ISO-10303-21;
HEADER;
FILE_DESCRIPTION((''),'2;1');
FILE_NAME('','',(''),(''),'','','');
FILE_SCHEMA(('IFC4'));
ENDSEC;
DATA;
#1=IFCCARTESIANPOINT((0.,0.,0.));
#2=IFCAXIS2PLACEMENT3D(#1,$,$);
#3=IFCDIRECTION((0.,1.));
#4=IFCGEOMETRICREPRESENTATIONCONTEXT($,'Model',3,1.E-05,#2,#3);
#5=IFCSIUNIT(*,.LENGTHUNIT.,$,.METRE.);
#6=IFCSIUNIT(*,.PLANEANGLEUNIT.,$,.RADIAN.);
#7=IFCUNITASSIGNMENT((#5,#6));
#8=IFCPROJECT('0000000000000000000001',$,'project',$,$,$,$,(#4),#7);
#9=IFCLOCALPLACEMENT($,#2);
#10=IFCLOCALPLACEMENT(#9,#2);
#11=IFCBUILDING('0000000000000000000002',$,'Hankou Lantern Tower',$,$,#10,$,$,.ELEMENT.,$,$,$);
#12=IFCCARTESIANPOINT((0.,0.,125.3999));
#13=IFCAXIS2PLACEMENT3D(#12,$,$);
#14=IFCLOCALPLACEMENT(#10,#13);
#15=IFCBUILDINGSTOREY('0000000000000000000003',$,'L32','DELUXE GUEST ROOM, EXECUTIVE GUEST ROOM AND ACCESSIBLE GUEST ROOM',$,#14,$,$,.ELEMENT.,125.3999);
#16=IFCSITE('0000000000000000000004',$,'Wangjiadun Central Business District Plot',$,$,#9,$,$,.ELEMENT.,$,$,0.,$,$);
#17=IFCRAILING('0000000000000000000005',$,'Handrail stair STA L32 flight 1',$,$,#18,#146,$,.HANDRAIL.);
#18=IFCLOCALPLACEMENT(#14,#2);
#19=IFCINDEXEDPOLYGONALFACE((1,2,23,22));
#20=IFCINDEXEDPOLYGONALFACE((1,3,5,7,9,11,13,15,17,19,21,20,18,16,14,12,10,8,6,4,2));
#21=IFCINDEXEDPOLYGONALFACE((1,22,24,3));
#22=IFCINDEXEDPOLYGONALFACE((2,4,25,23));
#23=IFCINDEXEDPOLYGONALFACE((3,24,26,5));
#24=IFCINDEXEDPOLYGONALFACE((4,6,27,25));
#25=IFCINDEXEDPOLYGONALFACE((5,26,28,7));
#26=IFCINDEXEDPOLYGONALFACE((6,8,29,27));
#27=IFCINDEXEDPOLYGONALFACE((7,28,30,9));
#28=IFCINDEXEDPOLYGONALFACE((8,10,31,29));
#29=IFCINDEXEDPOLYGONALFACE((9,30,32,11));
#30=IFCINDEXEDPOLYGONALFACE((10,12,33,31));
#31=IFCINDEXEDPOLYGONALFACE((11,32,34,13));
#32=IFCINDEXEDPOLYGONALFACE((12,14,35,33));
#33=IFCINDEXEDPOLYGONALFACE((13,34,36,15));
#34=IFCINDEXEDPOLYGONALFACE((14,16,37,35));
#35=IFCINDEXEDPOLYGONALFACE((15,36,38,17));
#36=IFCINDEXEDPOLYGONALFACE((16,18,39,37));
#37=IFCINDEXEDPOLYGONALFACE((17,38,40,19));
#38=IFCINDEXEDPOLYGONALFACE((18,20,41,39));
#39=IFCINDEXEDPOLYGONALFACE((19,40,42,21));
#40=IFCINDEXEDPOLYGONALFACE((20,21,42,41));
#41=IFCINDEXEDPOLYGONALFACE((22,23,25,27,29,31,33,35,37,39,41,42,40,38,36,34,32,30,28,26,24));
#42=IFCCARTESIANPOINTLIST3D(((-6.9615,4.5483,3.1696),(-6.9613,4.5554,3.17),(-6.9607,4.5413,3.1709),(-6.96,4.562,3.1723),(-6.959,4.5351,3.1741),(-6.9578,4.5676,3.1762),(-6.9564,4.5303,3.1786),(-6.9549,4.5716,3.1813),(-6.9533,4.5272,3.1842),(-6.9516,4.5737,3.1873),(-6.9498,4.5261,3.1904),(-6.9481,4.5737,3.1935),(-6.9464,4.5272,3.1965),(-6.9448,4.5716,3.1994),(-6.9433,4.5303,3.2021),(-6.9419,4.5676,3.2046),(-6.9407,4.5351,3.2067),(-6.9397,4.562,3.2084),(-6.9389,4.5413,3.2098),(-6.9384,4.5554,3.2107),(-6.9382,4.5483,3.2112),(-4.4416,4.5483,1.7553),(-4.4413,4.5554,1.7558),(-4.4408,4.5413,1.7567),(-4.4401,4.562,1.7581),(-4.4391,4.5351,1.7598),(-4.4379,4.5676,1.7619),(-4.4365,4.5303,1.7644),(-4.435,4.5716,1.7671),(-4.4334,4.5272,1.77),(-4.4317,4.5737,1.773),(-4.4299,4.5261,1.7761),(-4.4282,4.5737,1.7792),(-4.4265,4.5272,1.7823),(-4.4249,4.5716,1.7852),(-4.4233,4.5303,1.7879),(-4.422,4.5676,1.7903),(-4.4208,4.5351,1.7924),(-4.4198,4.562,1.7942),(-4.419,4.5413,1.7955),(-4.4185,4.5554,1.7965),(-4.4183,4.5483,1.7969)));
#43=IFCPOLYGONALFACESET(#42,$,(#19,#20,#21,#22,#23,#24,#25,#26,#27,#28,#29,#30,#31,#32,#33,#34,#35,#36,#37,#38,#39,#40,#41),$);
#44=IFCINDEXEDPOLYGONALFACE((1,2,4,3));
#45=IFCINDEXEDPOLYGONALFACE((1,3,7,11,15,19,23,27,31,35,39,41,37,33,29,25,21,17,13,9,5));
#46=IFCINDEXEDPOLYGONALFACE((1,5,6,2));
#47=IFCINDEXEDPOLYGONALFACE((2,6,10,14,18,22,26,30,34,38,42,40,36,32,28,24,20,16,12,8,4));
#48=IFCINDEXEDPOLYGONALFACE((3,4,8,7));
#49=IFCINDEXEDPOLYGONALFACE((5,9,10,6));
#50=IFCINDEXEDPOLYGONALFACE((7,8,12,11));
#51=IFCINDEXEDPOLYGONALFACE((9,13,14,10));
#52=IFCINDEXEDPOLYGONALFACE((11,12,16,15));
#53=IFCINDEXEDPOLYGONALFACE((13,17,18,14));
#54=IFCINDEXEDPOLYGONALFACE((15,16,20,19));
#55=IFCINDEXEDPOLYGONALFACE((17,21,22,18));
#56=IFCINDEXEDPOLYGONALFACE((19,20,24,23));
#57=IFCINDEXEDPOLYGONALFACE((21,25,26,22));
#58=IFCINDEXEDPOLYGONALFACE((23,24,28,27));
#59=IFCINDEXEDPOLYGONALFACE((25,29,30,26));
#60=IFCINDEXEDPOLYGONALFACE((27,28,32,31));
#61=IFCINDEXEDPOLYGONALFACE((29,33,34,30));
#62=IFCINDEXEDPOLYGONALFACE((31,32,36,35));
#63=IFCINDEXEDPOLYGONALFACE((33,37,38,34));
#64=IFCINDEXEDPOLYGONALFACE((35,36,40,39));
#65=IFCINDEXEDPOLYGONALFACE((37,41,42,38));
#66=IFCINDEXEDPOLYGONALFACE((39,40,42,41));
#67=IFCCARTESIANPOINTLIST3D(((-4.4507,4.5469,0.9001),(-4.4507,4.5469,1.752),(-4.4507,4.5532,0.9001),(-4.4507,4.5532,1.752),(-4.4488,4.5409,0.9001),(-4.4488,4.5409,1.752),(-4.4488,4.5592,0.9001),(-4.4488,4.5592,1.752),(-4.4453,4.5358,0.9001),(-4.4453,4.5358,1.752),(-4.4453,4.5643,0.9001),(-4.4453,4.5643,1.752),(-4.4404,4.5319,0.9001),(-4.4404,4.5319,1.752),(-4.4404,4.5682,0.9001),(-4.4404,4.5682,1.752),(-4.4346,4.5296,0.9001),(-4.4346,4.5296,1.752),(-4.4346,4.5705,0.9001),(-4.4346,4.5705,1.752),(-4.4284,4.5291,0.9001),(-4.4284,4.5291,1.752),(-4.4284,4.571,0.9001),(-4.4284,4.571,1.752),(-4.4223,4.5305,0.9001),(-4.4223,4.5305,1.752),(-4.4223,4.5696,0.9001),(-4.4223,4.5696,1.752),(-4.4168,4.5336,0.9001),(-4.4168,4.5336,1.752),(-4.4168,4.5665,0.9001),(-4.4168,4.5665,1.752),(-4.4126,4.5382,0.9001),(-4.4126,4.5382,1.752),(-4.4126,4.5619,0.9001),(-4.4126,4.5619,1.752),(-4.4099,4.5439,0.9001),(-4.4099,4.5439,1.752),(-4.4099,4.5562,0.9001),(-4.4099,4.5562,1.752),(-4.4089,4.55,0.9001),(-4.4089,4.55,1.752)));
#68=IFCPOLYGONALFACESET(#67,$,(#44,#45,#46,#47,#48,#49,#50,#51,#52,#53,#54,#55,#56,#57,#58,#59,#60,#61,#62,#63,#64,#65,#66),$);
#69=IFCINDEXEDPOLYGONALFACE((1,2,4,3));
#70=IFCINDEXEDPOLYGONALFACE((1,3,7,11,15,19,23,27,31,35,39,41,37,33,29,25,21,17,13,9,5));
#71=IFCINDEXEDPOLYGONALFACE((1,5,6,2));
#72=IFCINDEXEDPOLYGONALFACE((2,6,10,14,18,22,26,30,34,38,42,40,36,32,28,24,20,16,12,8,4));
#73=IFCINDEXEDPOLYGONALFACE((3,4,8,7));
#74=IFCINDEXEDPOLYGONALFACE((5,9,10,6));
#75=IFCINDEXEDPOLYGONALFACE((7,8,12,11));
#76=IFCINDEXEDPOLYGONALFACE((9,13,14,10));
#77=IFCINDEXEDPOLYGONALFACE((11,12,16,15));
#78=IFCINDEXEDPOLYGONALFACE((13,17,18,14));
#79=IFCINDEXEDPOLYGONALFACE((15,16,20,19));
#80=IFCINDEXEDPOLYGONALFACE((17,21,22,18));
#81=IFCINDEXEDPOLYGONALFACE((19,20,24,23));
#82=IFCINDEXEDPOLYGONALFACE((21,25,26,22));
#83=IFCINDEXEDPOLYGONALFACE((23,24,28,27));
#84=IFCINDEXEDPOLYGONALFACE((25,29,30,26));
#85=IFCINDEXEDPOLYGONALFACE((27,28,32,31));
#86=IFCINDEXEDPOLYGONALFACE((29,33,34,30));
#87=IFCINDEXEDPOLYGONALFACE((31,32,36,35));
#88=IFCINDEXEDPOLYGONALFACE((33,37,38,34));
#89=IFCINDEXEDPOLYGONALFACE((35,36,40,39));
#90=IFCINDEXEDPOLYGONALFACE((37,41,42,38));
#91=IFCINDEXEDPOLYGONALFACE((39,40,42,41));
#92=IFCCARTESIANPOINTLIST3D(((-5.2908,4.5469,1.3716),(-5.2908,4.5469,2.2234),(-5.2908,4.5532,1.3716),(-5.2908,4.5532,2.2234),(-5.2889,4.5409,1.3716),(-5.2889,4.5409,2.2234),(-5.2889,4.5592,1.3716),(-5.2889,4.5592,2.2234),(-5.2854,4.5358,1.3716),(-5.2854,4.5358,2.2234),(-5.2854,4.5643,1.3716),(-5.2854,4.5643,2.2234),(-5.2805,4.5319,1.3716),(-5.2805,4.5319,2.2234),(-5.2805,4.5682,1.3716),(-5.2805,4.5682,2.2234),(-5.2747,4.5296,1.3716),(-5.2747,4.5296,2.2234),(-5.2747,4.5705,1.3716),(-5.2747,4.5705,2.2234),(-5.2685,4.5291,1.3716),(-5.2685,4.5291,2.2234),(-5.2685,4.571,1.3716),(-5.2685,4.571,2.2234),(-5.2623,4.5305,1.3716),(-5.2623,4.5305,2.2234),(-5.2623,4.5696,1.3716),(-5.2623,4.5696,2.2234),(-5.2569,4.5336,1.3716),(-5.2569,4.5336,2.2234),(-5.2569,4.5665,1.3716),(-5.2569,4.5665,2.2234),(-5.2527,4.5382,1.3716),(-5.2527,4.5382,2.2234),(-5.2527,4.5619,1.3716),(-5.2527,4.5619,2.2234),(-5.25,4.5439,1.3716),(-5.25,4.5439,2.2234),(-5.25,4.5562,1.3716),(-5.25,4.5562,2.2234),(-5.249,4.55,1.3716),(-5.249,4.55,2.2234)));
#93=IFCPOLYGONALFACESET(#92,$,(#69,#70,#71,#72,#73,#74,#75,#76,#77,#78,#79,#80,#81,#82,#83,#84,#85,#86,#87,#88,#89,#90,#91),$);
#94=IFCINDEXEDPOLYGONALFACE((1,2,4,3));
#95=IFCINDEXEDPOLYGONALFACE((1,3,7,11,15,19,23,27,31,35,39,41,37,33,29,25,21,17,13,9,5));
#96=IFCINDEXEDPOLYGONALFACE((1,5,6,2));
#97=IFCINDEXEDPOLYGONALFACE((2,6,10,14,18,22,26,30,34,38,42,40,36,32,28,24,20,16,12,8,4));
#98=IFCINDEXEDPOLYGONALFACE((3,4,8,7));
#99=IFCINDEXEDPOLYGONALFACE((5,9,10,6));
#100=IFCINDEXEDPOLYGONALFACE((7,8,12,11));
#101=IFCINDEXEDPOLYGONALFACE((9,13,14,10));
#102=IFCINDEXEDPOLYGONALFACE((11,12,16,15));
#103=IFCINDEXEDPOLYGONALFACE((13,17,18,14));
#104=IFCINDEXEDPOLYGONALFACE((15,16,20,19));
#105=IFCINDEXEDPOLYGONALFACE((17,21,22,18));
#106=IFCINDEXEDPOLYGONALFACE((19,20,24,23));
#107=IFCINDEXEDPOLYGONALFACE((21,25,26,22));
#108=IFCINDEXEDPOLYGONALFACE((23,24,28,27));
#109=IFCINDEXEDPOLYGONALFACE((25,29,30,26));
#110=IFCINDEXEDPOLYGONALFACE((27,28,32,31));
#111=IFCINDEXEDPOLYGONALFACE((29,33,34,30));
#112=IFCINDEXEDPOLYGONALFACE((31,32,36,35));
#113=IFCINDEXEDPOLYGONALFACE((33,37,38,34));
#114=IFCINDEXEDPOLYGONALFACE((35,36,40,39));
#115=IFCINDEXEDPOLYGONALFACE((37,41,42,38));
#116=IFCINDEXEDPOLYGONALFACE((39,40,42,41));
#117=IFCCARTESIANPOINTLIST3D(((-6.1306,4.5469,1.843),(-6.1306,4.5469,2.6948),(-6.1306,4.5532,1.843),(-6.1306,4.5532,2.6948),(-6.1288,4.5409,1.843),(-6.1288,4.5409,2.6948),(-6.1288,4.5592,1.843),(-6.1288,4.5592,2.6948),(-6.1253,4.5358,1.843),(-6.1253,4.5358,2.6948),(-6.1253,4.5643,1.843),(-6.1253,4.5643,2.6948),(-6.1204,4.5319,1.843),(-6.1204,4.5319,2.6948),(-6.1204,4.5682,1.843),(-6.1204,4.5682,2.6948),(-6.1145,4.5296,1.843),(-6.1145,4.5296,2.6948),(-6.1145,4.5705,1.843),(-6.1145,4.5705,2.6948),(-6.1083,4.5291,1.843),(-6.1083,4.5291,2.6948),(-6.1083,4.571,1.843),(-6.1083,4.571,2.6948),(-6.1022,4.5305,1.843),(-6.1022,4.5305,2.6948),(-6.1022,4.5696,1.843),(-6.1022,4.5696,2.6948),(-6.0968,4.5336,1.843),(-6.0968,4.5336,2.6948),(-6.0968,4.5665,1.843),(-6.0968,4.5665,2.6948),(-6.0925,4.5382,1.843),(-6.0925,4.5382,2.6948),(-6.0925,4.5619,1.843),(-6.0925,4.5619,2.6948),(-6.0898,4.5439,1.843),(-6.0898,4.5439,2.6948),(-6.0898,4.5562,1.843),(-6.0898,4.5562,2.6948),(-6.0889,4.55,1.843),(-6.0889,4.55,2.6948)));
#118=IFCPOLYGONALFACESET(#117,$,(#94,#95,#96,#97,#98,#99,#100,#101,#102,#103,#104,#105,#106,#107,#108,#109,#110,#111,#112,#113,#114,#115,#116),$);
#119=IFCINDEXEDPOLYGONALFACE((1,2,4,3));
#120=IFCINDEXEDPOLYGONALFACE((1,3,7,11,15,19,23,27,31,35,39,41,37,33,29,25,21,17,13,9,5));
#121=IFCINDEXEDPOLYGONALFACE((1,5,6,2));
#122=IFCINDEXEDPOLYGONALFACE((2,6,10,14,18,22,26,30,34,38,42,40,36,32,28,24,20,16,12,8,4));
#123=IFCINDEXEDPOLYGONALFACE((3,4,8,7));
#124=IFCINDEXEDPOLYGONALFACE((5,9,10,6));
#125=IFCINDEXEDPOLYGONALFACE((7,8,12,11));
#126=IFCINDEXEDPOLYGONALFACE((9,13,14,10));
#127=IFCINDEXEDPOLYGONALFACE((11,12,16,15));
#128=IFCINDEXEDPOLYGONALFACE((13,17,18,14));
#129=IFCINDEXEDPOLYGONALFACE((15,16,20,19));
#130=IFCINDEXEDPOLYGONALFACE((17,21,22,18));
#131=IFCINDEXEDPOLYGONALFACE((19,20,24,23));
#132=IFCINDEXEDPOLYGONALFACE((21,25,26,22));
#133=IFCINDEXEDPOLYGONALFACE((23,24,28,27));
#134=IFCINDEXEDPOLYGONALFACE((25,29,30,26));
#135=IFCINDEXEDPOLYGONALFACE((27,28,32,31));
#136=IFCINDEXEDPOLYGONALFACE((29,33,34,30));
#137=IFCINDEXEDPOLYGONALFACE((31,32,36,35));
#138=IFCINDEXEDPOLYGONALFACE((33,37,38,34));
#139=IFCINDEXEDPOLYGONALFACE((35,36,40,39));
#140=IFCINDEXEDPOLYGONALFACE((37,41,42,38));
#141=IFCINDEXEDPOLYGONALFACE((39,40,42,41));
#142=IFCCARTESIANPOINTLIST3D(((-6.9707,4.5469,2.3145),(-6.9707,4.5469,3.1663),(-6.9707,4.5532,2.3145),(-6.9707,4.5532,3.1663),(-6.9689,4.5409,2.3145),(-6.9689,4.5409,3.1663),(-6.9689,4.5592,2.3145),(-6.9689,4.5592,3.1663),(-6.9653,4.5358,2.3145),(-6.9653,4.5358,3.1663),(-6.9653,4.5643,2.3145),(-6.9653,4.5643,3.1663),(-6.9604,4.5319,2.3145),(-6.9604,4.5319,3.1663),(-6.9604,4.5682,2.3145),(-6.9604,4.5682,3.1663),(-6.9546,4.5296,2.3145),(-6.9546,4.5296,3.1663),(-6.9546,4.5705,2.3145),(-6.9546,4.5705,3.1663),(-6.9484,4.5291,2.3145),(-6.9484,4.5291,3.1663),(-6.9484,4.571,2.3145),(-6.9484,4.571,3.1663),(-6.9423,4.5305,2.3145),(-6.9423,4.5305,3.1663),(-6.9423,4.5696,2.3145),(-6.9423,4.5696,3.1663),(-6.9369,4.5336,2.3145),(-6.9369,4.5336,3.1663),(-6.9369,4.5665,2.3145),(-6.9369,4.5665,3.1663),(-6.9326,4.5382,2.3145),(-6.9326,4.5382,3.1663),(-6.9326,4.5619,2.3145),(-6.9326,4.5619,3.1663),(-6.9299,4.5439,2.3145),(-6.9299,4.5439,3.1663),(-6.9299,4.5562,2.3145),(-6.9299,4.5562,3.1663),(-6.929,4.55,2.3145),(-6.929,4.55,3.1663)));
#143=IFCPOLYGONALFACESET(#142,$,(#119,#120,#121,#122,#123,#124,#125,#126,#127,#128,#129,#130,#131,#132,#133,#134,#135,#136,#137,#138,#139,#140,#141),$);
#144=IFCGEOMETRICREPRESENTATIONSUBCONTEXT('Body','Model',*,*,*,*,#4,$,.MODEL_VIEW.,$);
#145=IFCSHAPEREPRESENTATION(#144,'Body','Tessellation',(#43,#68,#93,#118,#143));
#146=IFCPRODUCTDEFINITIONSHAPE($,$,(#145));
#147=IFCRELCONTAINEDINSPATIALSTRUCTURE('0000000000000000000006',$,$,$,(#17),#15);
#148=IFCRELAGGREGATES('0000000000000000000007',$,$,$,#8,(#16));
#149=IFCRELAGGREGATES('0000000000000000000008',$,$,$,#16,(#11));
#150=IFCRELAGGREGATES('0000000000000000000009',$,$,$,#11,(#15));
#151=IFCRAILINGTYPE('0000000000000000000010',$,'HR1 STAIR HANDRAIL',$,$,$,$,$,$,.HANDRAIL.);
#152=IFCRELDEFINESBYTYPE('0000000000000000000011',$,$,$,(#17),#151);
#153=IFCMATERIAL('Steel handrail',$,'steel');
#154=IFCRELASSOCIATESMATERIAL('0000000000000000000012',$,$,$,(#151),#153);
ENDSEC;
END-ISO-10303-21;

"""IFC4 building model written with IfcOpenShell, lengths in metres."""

from ifc_helpers import new_model, si_unit, direction, frame, origin, origin_2d, place, context, subcontext, project, spatial, circle, extrude, material, type_object, element, save


model = new_model("IFC4")

# Units and contexts
model_context = context("Model", 3, precision=1e-05, world=origin(), true_north=direction((0.0, 1.0)))
body_context = subcontext(model_context, "Body", "Model", "MODEL_VIEW")
ifc_project = project(units=[si_unit("LENGTHUNIT", "METRE"), si_unit("PLANEANGLEUNIT", "RADIAN")], contexts=[model_context])

# Site, building, storey
site_placement = place(None, origin())
site = spatial("IfcSite", under=ifc_project, at=site_placement, Name="Wangjiadun Central Business District Plot", CompositionType="ELEMENT", RefElevation=0.0)
building_placement = place(site_placement, origin())
building = spatial("IfcBuilding", under=site, at=building_placement, Name="Hankou Lantern Tower", CompositionType="ELEMENT")
storey_placement = place(building_placement, frame((0.0, 0.0, 125.3999)))
storey = spatial("IfcBuildingStorey", under=building, at=storey_placement, Name="L32", Description="DELUXE GUEST ROOM, EXECUTIVE GUEST ROOM AND ACCESSIBLE GUEST ROOM", CompositionType="ELEMENT", Elevation=125.3999)

# Railing
ifc_material_1 = material(Name="Steel handrail", Category="steel")
railing_type = type_object("IfcRailingType", Name="HR1 STAIR HANDRAIL", PredefinedType="HANDRAIL", material=ifc_material_1)
railing_1_placement = place(storey_placement, frame((-4.4299, 4.55, 0.9001)))
element("IfcRailing", 1, at=railing_1_placement, inside=storey, type_object=railing_type, Name="Handrail stair STA L32 flight 1", PredefinedType="HANDRAIL", context=body_context, shape_type="SweptSolid", body=[
    extrude(circle(Radius=0.0239, at=origin_2d()), frame((0.0, 0.0, 0.876), z_axis=(-0.872049, 0.0, 0.489419), x_axis=(0.0, -1.0, 0.0)), (0.0, 0.0, 1.0), 2.8896),
    extrude(circle(Radius=0.021, at=origin_2d()), origin(), (0.0, 0.0, 1.0), 0.8518),
    extrude(circle(Radius=0.021, at=origin_2d()), frame((-0.8401, 0.0, 0.4714)), (0.0, 0.0, 1.0), 0.8518),
    extrude(circle(Radius=0.021, at=origin_2d()), frame((-1.6799, 0.0, 0.9429)), (0.0, 0.0, 1.0), 0.8518),
    extrude(circle(Radius=0.021, at=origin_2d()), frame((-2.52, 0.0, 1.4143)), (0.0, 0.0, 1.0), 0.8518),
])

save(model, "model.ifc")
